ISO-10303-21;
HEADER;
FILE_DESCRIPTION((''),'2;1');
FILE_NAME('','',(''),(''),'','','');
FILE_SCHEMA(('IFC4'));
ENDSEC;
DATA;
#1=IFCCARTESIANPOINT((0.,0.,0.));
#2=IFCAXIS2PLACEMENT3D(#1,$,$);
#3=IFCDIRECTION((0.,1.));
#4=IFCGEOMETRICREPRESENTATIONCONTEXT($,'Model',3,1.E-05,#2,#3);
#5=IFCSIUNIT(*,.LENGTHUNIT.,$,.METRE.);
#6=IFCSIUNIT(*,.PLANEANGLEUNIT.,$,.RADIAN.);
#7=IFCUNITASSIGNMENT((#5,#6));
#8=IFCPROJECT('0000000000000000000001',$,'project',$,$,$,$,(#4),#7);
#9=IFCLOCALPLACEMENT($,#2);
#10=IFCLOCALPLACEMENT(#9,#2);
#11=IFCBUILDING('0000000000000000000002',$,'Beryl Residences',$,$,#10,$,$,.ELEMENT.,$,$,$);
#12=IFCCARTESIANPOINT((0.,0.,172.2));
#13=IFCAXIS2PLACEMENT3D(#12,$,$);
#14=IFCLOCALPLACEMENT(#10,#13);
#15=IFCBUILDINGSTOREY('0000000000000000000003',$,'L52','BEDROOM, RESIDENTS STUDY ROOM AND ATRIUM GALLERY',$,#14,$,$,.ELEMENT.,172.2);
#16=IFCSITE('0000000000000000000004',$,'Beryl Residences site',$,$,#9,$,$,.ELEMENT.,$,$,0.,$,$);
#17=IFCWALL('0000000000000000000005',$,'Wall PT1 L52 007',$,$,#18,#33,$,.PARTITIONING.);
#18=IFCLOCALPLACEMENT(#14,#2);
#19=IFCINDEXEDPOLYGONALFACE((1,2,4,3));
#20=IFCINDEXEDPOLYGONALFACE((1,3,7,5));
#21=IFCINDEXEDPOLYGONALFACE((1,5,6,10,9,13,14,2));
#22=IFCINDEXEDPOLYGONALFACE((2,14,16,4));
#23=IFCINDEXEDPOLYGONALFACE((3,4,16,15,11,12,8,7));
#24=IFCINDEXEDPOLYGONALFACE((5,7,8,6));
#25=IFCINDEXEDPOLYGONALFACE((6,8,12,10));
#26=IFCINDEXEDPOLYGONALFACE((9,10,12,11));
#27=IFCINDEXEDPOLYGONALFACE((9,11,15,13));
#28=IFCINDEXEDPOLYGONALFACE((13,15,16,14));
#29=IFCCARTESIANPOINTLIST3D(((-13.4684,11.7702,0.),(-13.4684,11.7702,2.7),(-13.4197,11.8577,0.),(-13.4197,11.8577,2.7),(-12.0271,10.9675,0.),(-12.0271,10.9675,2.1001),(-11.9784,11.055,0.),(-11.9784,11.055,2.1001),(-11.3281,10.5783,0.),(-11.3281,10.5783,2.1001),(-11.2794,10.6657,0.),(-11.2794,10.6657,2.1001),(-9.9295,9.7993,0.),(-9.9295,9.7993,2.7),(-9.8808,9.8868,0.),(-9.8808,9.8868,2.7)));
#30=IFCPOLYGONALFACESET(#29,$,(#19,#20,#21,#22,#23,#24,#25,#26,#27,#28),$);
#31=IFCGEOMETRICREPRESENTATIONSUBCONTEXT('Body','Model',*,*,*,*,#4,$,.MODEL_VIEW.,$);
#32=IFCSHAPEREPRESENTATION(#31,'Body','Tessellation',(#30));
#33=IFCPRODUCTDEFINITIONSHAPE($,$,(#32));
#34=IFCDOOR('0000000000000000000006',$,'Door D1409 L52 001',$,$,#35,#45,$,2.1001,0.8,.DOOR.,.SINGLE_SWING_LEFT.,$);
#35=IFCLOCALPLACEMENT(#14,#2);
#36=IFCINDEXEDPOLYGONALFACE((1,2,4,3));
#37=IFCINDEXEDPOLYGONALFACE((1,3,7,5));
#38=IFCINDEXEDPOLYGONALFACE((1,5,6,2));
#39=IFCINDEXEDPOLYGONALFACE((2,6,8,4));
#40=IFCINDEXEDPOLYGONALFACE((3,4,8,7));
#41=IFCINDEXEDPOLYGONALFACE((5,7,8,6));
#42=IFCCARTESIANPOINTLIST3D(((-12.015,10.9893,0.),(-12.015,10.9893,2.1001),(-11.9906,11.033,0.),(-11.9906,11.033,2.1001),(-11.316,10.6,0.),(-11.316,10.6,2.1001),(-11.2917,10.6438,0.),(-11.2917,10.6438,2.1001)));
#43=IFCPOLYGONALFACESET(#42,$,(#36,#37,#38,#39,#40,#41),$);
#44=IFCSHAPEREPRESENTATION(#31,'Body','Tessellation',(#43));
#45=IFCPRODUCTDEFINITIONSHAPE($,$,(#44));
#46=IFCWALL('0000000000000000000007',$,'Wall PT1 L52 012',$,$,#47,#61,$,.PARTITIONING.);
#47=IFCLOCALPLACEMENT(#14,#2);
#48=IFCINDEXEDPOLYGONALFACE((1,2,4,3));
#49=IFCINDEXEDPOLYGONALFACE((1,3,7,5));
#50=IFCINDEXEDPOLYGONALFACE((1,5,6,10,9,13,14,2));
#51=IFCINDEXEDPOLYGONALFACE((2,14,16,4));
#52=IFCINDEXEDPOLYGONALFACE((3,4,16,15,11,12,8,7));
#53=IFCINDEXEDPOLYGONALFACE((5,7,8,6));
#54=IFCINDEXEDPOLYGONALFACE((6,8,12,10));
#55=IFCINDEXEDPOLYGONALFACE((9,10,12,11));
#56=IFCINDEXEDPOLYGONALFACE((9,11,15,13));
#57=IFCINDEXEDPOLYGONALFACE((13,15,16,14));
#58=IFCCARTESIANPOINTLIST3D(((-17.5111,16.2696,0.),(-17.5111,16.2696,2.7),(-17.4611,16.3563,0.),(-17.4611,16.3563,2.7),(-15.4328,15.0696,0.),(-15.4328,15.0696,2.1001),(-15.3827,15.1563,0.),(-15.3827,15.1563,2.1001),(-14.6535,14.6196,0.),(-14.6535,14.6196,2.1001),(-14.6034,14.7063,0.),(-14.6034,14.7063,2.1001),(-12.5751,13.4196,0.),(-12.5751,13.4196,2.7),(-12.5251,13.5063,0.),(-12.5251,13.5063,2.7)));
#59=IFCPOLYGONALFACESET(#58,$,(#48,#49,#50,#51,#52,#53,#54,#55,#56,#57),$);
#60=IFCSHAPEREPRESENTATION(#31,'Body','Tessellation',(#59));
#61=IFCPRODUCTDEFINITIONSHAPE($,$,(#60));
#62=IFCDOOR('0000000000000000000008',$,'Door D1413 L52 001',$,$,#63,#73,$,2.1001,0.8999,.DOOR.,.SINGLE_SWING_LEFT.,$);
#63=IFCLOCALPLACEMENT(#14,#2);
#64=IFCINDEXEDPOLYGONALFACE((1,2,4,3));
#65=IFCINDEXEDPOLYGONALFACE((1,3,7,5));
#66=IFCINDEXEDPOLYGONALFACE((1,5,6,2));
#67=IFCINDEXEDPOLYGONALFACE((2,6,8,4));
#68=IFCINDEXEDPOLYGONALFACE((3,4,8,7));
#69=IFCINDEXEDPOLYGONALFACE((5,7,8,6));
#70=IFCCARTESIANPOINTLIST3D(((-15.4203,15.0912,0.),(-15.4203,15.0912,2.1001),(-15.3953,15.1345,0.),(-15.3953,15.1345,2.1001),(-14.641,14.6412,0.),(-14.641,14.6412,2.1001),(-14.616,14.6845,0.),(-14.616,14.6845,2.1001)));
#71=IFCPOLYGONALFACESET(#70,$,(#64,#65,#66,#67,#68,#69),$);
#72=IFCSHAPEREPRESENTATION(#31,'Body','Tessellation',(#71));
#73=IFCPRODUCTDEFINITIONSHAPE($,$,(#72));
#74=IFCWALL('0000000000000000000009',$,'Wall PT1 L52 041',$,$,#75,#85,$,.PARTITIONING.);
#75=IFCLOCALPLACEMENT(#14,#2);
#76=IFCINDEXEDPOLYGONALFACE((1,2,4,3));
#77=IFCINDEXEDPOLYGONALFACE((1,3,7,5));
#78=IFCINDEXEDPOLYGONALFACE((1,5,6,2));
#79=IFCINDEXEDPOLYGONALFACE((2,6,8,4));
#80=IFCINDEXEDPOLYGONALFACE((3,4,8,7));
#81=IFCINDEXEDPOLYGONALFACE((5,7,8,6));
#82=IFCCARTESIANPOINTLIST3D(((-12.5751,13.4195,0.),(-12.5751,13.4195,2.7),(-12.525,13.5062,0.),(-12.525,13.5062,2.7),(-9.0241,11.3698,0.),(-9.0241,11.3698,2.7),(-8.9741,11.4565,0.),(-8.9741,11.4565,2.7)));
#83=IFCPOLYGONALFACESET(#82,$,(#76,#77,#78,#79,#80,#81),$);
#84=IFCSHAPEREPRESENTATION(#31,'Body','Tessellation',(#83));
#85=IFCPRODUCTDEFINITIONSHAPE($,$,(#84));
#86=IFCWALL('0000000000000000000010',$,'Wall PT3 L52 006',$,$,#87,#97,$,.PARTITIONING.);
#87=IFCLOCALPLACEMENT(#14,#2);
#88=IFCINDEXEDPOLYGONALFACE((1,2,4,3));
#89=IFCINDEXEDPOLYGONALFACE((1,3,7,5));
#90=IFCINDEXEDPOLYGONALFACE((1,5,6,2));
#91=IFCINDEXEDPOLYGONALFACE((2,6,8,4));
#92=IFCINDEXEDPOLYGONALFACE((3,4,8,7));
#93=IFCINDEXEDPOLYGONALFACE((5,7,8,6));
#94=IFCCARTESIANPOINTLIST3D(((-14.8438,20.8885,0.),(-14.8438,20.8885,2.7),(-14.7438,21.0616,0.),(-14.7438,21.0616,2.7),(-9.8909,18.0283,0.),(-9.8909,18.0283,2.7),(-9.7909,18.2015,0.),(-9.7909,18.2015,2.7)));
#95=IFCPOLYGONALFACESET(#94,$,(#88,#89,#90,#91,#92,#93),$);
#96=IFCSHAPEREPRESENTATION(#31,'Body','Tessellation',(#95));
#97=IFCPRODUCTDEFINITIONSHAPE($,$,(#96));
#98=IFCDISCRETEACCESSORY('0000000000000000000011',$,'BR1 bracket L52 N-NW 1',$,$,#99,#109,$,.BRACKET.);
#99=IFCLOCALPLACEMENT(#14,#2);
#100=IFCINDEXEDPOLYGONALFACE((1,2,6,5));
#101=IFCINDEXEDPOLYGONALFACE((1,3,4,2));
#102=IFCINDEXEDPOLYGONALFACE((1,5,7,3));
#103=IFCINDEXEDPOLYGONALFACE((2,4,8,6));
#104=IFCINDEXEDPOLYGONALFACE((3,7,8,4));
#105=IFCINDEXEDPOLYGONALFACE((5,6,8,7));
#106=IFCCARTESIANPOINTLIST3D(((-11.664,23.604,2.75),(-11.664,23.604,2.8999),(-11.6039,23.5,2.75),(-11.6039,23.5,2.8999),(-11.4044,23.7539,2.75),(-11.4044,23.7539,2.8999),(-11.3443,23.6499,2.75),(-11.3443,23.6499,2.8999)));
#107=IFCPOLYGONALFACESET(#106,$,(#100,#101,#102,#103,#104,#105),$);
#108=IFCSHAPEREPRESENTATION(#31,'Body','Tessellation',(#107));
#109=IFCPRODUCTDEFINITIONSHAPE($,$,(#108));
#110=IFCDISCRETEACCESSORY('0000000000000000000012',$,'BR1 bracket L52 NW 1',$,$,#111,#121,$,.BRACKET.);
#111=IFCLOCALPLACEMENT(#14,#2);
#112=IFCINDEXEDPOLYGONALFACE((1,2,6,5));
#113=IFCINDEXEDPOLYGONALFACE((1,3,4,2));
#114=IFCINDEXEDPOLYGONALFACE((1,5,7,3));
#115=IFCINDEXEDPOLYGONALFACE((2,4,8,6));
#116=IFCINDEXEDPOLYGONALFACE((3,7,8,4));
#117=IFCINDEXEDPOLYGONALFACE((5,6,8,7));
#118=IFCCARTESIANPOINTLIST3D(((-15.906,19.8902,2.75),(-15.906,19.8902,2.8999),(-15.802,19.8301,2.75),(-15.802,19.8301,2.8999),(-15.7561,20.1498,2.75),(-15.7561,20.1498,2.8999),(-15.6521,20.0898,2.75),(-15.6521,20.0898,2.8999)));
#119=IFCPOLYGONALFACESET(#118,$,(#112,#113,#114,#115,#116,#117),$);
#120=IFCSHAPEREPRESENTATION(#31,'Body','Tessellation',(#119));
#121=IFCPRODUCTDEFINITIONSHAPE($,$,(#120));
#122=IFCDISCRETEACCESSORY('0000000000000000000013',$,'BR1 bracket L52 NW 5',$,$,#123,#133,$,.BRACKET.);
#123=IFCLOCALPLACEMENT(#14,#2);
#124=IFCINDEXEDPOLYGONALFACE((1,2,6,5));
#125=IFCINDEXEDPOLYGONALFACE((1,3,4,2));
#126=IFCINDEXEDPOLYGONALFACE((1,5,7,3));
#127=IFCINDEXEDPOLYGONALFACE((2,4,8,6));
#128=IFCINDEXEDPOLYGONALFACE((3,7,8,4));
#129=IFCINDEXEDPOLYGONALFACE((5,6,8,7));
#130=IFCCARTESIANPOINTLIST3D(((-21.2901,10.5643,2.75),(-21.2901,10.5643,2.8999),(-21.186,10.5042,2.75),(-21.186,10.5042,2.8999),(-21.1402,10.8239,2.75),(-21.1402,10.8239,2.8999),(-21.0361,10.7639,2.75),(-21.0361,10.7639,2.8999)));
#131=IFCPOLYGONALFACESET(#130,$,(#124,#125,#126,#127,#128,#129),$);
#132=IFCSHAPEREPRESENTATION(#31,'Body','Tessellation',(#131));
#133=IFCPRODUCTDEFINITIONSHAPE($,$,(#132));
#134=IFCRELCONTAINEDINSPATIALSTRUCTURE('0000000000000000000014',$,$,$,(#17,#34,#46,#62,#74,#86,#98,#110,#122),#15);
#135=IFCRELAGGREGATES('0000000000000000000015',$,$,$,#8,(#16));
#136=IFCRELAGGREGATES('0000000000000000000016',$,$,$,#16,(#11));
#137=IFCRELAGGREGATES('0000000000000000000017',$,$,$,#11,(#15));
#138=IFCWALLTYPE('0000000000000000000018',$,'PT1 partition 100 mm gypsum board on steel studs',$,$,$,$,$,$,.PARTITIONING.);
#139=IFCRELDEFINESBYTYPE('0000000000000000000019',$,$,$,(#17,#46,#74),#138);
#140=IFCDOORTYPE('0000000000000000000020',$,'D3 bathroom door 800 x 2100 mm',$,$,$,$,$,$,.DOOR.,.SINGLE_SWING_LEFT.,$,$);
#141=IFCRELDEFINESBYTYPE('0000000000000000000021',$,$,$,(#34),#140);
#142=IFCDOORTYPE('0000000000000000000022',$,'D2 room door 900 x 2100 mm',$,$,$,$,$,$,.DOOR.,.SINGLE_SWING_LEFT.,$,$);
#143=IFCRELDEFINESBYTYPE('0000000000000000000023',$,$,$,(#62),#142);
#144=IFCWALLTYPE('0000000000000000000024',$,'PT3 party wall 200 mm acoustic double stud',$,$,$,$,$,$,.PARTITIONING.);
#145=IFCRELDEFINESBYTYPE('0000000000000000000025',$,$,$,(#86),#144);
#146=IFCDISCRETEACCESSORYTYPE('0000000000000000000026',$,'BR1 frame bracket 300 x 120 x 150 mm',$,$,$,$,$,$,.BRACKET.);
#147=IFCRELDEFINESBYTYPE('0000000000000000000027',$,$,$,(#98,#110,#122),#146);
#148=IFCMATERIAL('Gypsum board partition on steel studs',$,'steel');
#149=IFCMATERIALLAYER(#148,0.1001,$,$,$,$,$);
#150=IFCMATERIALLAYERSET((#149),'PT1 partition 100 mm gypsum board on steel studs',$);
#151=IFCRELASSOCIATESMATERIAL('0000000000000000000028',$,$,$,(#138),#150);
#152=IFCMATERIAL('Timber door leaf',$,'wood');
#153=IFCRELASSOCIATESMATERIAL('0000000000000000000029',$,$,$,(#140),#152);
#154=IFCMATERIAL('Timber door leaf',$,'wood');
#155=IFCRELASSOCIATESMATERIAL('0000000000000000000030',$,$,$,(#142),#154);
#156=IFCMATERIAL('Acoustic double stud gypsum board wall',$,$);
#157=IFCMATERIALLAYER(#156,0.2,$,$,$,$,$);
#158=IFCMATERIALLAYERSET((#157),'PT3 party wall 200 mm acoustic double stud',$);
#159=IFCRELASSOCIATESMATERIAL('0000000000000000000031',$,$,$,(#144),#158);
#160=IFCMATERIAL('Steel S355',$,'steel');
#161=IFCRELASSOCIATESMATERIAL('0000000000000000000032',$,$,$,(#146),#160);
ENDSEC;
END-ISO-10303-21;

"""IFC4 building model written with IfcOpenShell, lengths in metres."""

from ifc_helpers import new_model, si_unit, direction, frame, frame_2d, origin, place, context, subcontext, project, spatial, polyline, rectangle, outline, extrude, source, transform, mapped, material, layer, layer_set, type_object, type_shapes, element, fill, save


model = new_model("IFC4")

# Units and contexts
model_context = context("Model", 3, precision=1e-05, world=origin(), true_north=direction((0.0, 1.0)))
body_context = subcontext(model_context, "Body", "Model", "MODEL_VIEW")
ifc_project = project(units=[si_unit("LENGTHUNIT", "METRE"), si_unit("PLANEANGLEUNIT", "RADIAN")], contexts=[model_context])

# Site, building, storey
site_placement = place(None, origin())
site = spatial("IfcSite", under=ifc_project, at=site_placement, Name="Beryl Residences site", CompositionType="ELEMENT", RefElevation=0.0)
building_placement = place(site_placement, origin())
building = spatial("IfcBuilding", under=site, at=building_placement, Name="Beryl Residences", CompositionType="ELEMENT")
storey_placement = place(building_placement, frame((0.0, 0.0, 172.2)))
storey = spatial("IfcBuildingStorey", under=building, at=storey_placement, Name="L52", Description="BEDROOM, RESIDENTS STUDY ROOM AND ATRIUM GALLERY", CompositionType="ELEMENT", Elevation=172.2)

# Walls, openings, doors
ifc_material_1 = material(Name="Gypsum board partition on steel studs", Category="steel")
ifc_layer_1 = layer(ifc_material_1, 0.1001)
ifc_layer_set_1 = layer_set([ifc_layer_1], Name="PT1 partition 100 mm gypsum board on steel studs")
wall_type_1 = type_object("IfcWallType", Name="PT1 partition 100 mm gypsum board on steel studs", PredefinedType="PARTITIONING", material=ifc_layer_set_1)
wall_1_placement = place(storey_placement, frame((-13.4441, 11.814, 0.0), z_axis=(0.0, 0.0, 1.0), x_axis=(0.873654, -0.486548, 0.0)))
wall_1 = element("IfcWall", 1, at=wall_1_placement, inside=storey, type_object=wall_type_1, Name="Wall PT1 L52 007", PredefinedType="PARTITIONING", context=body_context, shape_type="SweptSolid", body=[
    extrude(rectangle(XDim=4.0508, YDim=0.1001, at=frame_2d((2.0254, 0.0))), origin(), (0.0, 0.0, 1.0), 2.7),
])
opening_1_placement = place(wall_1_placement, frame((1.6499, 0.0, 0.0)))
opening_1 = element("IfcOpeningElement", 2, at=opening_1_placement, cuts=wall_1, PredefinedType="OPENING", context=body_context, shape_type="SweptSolid", body=[
    extrude(rectangle(XDim=0.8, YDim=2.1001, at=frame_2d((0.3999, 1.05))), frame((0.0, 0.0601, 0.0), z_axis=(0.0, -1.0, 0.0), x_axis=(1.0, 0.0, 0.0)), (0.0, 0.0, 1.0), 0.1201),
])
ifc_material_2 = material(Name="Timber door leaf", Category="wood")
door_type_1 = type_object("IfcDoorType", Name="D3 bathroom door 800 x 2100 mm", OperationType="SINGLE_SWING_LEFT", PredefinedType="DOOR", material=ifc_material_2)
door_1_placement = place(opening_1_placement, origin())
door_1 = element("IfcDoor", 3, at=door_1_placement, inside=storey, type_object=door_type_1, Name="Door D1409 L52 001", OperationType="SINGLE_SWING_LEFT", OverallHeight=2.1001, OverallWidth=0.8, PredefinedType="DOOR", context=body_context, shape_type="SweptSolid", body=[
    extrude(rectangle(XDim=0.8, YDim=2.1001, at=frame_2d((0.3999, 1.05))), frame((0.0, 0.0249, 0.0), z_axis=(0.0, -1.0, 0.0), x_axis=(1.0, 0.0, 0.0)), (0.0, 0.0, 1.0), 0.05),
])
fill(opening_1, door_1)
wall_2_placement = place(storey_placement, frame((-17.4861, 16.313, 0.0), z_axis=(0.0, 0.0, 1.0), x_axis=(0.866004, -0.500036, 0.0)))
wall_2 = element("IfcWall", 4, at=wall_2_placement, inside=storey, type_object=wall_type_1, Name="Wall PT1 L52 012", PredefinedType="PARTITIONING", context=body_context, shape_type="SweptSolid", body=[
    extrude(rectangle(XDim=5.6997, YDim=0.1001, at=frame_2d((2.8499, 0.0))), origin(), (0.0, 0.0, 1.0), 2.7),
])
opening_2_placement = place(wall_2_placement, frame((2.3999, 0.0, 0.0)))
opening_2 = element("IfcOpeningElement", 5, at=opening_2_placement, cuts=wall_2, PredefinedType="OPENING", context=body_context, shape_type="SweptSolid", body=[
    extrude(rectangle(XDim=0.8999, YDim=2.1001, at=frame_2d((0.45, 1.05))), frame((0.0, 0.0601, 0.0), z_axis=(0.0, -1.0, 0.0), x_axis=(1.0, 0.0, 0.0)), (0.0, 0.0, 1.0), 0.1201),
])
ifc_material_3 = material(Name="Timber door leaf", Category="wood")
door_type_2 = type_object("IfcDoorType", Name="D2 room door 900 x 2100 mm", OperationType="SINGLE_SWING_LEFT", PredefinedType="DOOR", material=ifc_material_3)
door_2_placement = place(opening_2_placement, origin())
door_2 = element("IfcDoor", 6, at=door_2_placement, inside=storey, type_object=door_type_2, Name="Door D1413 L52 001", OperationType="SINGLE_SWING_LEFT", OverallHeight=2.1001, OverallWidth=0.8999, PredefinedType="DOOR", context=body_context, shape_type="SweptSolid", body=[
    extrude(rectangle(XDim=0.8999, YDim=2.1001, at=frame_2d((0.45, 1.05))), frame((0.0, 0.0249, 0.0), z_axis=(0.0, -1.0, 0.0), x_axis=(1.0, 0.0, 0.0)), (0.0, 0.0, 1.0), 0.05),
])
fill(opening_2, door_2)

# Walls
wall_3_placement = place(storey_placement, frame((-12.55, 13.4629, 0.0), z_axis=(0.0, 0.0, 1.0), x_axis=(0.866066, -0.49993, 0.0)))
element("IfcWall", 7, at=wall_3_placement, inside=storey, type_object=wall_type_1, Name="Wall PT1 L52 041", PredefinedType="PARTITIONING", context=body_context, shape_type="SweptSolid", body=[
    extrude(rectangle(XDim=4.1001, YDim=0.1001, at=frame_2d((2.05, 0.0))), origin(), (0.0, 0.0, 1.0), 2.7),
])
ifc_material_4 = material(Name="Acoustic double stud gypsum board wall")
ifc_layer_2 = layer(ifc_material_4, 0.2)
ifc_layer_set_2 = layer_set([ifc_layer_2], Name="PT3 party wall 200 mm acoustic double stud")
wall_type_2 = type_object("IfcWallType", Name="PT3 party wall 200 mm acoustic double stud", PredefinedType="PARTITIONING", material=ifc_layer_set_2)
wall_4_placement = place(storey_placement, frame((-14.7939, 20.9751, 0.0), z_axis=(0.0, 0.0, 1.0), x_axis=(0.865983, -0.500073, 0.0)))
element("IfcWall", 8, at=wall_4_placement, inside=storey, type_object=wall_type_2, Name="Wall PT3 L52 006", PredefinedType="PARTITIONING", context=body_context, shape_type="SweptSolid", body=[
    extrude(rectangle(XDim=5.7195, YDim=0.2, at=frame_2d((2.8599, 0.0))), origin(), (0.0, 0.0, 1.0), 2.7),
])

# Discrete accessories
ifc_material_5 = material(Name="Steel S355", Category="steel")
discrete_accessory_type = type_object("IfcDiscreteAccessoryType", Name="BR1 frame bracket 300 x 120 x 150 mm", PredefinedType="BRACKET", material=ifc_material_5)
shared_shape_1 = source(origin(), body_context, "Body", "SweptSolid", [
    extrude(outline(polyline([(-0.1499, 0.0), (0.1499, 0.0), (0.1499, 0.1201), (-0.1499, 0.1201), (-0.1499, 0.0)])), origin(), (0.0, 0.0, 1.0), 0.1499),
])
type_shapes(discrete_accessory_type, [shared_shape_1])
for number, where, z_axis, x_axis, name in (
    (9, (-11.4741, 23.575, 2.75), (0.0, 0.0, 1.0), (0.866025, 0.5, 0.0), "BR1 bracket L52 N-NW 1"),
    (10, (-15.7271, 19.96, 2.75), (0.0, 0.0, 1.0), (0.5, 0.866025, 0.0), "BR1 bracket L52 NW 1"),
    (11, (-21.1111, 10.634, 2.75), (0.0, 0.0, 1.0), (0.5, 0.866025, 0.0), "BR1 bracket L52 NW 5"),
):
    element("IfcDiscreteAccessory", number, at=place(storey_placement, frame(where, z_axis=z_axis, x_axis=x_axis)), inside=storey, type_object=discrete_accessory_type, Name=name, PredefinedType="BRACKET", context=body_context, shape_type="MappedRepresentation", body=[
        mapped(shared_shape_1, transform((0.0, 0.0, 0.0))),
    ])

save(model, "model.ifc")
